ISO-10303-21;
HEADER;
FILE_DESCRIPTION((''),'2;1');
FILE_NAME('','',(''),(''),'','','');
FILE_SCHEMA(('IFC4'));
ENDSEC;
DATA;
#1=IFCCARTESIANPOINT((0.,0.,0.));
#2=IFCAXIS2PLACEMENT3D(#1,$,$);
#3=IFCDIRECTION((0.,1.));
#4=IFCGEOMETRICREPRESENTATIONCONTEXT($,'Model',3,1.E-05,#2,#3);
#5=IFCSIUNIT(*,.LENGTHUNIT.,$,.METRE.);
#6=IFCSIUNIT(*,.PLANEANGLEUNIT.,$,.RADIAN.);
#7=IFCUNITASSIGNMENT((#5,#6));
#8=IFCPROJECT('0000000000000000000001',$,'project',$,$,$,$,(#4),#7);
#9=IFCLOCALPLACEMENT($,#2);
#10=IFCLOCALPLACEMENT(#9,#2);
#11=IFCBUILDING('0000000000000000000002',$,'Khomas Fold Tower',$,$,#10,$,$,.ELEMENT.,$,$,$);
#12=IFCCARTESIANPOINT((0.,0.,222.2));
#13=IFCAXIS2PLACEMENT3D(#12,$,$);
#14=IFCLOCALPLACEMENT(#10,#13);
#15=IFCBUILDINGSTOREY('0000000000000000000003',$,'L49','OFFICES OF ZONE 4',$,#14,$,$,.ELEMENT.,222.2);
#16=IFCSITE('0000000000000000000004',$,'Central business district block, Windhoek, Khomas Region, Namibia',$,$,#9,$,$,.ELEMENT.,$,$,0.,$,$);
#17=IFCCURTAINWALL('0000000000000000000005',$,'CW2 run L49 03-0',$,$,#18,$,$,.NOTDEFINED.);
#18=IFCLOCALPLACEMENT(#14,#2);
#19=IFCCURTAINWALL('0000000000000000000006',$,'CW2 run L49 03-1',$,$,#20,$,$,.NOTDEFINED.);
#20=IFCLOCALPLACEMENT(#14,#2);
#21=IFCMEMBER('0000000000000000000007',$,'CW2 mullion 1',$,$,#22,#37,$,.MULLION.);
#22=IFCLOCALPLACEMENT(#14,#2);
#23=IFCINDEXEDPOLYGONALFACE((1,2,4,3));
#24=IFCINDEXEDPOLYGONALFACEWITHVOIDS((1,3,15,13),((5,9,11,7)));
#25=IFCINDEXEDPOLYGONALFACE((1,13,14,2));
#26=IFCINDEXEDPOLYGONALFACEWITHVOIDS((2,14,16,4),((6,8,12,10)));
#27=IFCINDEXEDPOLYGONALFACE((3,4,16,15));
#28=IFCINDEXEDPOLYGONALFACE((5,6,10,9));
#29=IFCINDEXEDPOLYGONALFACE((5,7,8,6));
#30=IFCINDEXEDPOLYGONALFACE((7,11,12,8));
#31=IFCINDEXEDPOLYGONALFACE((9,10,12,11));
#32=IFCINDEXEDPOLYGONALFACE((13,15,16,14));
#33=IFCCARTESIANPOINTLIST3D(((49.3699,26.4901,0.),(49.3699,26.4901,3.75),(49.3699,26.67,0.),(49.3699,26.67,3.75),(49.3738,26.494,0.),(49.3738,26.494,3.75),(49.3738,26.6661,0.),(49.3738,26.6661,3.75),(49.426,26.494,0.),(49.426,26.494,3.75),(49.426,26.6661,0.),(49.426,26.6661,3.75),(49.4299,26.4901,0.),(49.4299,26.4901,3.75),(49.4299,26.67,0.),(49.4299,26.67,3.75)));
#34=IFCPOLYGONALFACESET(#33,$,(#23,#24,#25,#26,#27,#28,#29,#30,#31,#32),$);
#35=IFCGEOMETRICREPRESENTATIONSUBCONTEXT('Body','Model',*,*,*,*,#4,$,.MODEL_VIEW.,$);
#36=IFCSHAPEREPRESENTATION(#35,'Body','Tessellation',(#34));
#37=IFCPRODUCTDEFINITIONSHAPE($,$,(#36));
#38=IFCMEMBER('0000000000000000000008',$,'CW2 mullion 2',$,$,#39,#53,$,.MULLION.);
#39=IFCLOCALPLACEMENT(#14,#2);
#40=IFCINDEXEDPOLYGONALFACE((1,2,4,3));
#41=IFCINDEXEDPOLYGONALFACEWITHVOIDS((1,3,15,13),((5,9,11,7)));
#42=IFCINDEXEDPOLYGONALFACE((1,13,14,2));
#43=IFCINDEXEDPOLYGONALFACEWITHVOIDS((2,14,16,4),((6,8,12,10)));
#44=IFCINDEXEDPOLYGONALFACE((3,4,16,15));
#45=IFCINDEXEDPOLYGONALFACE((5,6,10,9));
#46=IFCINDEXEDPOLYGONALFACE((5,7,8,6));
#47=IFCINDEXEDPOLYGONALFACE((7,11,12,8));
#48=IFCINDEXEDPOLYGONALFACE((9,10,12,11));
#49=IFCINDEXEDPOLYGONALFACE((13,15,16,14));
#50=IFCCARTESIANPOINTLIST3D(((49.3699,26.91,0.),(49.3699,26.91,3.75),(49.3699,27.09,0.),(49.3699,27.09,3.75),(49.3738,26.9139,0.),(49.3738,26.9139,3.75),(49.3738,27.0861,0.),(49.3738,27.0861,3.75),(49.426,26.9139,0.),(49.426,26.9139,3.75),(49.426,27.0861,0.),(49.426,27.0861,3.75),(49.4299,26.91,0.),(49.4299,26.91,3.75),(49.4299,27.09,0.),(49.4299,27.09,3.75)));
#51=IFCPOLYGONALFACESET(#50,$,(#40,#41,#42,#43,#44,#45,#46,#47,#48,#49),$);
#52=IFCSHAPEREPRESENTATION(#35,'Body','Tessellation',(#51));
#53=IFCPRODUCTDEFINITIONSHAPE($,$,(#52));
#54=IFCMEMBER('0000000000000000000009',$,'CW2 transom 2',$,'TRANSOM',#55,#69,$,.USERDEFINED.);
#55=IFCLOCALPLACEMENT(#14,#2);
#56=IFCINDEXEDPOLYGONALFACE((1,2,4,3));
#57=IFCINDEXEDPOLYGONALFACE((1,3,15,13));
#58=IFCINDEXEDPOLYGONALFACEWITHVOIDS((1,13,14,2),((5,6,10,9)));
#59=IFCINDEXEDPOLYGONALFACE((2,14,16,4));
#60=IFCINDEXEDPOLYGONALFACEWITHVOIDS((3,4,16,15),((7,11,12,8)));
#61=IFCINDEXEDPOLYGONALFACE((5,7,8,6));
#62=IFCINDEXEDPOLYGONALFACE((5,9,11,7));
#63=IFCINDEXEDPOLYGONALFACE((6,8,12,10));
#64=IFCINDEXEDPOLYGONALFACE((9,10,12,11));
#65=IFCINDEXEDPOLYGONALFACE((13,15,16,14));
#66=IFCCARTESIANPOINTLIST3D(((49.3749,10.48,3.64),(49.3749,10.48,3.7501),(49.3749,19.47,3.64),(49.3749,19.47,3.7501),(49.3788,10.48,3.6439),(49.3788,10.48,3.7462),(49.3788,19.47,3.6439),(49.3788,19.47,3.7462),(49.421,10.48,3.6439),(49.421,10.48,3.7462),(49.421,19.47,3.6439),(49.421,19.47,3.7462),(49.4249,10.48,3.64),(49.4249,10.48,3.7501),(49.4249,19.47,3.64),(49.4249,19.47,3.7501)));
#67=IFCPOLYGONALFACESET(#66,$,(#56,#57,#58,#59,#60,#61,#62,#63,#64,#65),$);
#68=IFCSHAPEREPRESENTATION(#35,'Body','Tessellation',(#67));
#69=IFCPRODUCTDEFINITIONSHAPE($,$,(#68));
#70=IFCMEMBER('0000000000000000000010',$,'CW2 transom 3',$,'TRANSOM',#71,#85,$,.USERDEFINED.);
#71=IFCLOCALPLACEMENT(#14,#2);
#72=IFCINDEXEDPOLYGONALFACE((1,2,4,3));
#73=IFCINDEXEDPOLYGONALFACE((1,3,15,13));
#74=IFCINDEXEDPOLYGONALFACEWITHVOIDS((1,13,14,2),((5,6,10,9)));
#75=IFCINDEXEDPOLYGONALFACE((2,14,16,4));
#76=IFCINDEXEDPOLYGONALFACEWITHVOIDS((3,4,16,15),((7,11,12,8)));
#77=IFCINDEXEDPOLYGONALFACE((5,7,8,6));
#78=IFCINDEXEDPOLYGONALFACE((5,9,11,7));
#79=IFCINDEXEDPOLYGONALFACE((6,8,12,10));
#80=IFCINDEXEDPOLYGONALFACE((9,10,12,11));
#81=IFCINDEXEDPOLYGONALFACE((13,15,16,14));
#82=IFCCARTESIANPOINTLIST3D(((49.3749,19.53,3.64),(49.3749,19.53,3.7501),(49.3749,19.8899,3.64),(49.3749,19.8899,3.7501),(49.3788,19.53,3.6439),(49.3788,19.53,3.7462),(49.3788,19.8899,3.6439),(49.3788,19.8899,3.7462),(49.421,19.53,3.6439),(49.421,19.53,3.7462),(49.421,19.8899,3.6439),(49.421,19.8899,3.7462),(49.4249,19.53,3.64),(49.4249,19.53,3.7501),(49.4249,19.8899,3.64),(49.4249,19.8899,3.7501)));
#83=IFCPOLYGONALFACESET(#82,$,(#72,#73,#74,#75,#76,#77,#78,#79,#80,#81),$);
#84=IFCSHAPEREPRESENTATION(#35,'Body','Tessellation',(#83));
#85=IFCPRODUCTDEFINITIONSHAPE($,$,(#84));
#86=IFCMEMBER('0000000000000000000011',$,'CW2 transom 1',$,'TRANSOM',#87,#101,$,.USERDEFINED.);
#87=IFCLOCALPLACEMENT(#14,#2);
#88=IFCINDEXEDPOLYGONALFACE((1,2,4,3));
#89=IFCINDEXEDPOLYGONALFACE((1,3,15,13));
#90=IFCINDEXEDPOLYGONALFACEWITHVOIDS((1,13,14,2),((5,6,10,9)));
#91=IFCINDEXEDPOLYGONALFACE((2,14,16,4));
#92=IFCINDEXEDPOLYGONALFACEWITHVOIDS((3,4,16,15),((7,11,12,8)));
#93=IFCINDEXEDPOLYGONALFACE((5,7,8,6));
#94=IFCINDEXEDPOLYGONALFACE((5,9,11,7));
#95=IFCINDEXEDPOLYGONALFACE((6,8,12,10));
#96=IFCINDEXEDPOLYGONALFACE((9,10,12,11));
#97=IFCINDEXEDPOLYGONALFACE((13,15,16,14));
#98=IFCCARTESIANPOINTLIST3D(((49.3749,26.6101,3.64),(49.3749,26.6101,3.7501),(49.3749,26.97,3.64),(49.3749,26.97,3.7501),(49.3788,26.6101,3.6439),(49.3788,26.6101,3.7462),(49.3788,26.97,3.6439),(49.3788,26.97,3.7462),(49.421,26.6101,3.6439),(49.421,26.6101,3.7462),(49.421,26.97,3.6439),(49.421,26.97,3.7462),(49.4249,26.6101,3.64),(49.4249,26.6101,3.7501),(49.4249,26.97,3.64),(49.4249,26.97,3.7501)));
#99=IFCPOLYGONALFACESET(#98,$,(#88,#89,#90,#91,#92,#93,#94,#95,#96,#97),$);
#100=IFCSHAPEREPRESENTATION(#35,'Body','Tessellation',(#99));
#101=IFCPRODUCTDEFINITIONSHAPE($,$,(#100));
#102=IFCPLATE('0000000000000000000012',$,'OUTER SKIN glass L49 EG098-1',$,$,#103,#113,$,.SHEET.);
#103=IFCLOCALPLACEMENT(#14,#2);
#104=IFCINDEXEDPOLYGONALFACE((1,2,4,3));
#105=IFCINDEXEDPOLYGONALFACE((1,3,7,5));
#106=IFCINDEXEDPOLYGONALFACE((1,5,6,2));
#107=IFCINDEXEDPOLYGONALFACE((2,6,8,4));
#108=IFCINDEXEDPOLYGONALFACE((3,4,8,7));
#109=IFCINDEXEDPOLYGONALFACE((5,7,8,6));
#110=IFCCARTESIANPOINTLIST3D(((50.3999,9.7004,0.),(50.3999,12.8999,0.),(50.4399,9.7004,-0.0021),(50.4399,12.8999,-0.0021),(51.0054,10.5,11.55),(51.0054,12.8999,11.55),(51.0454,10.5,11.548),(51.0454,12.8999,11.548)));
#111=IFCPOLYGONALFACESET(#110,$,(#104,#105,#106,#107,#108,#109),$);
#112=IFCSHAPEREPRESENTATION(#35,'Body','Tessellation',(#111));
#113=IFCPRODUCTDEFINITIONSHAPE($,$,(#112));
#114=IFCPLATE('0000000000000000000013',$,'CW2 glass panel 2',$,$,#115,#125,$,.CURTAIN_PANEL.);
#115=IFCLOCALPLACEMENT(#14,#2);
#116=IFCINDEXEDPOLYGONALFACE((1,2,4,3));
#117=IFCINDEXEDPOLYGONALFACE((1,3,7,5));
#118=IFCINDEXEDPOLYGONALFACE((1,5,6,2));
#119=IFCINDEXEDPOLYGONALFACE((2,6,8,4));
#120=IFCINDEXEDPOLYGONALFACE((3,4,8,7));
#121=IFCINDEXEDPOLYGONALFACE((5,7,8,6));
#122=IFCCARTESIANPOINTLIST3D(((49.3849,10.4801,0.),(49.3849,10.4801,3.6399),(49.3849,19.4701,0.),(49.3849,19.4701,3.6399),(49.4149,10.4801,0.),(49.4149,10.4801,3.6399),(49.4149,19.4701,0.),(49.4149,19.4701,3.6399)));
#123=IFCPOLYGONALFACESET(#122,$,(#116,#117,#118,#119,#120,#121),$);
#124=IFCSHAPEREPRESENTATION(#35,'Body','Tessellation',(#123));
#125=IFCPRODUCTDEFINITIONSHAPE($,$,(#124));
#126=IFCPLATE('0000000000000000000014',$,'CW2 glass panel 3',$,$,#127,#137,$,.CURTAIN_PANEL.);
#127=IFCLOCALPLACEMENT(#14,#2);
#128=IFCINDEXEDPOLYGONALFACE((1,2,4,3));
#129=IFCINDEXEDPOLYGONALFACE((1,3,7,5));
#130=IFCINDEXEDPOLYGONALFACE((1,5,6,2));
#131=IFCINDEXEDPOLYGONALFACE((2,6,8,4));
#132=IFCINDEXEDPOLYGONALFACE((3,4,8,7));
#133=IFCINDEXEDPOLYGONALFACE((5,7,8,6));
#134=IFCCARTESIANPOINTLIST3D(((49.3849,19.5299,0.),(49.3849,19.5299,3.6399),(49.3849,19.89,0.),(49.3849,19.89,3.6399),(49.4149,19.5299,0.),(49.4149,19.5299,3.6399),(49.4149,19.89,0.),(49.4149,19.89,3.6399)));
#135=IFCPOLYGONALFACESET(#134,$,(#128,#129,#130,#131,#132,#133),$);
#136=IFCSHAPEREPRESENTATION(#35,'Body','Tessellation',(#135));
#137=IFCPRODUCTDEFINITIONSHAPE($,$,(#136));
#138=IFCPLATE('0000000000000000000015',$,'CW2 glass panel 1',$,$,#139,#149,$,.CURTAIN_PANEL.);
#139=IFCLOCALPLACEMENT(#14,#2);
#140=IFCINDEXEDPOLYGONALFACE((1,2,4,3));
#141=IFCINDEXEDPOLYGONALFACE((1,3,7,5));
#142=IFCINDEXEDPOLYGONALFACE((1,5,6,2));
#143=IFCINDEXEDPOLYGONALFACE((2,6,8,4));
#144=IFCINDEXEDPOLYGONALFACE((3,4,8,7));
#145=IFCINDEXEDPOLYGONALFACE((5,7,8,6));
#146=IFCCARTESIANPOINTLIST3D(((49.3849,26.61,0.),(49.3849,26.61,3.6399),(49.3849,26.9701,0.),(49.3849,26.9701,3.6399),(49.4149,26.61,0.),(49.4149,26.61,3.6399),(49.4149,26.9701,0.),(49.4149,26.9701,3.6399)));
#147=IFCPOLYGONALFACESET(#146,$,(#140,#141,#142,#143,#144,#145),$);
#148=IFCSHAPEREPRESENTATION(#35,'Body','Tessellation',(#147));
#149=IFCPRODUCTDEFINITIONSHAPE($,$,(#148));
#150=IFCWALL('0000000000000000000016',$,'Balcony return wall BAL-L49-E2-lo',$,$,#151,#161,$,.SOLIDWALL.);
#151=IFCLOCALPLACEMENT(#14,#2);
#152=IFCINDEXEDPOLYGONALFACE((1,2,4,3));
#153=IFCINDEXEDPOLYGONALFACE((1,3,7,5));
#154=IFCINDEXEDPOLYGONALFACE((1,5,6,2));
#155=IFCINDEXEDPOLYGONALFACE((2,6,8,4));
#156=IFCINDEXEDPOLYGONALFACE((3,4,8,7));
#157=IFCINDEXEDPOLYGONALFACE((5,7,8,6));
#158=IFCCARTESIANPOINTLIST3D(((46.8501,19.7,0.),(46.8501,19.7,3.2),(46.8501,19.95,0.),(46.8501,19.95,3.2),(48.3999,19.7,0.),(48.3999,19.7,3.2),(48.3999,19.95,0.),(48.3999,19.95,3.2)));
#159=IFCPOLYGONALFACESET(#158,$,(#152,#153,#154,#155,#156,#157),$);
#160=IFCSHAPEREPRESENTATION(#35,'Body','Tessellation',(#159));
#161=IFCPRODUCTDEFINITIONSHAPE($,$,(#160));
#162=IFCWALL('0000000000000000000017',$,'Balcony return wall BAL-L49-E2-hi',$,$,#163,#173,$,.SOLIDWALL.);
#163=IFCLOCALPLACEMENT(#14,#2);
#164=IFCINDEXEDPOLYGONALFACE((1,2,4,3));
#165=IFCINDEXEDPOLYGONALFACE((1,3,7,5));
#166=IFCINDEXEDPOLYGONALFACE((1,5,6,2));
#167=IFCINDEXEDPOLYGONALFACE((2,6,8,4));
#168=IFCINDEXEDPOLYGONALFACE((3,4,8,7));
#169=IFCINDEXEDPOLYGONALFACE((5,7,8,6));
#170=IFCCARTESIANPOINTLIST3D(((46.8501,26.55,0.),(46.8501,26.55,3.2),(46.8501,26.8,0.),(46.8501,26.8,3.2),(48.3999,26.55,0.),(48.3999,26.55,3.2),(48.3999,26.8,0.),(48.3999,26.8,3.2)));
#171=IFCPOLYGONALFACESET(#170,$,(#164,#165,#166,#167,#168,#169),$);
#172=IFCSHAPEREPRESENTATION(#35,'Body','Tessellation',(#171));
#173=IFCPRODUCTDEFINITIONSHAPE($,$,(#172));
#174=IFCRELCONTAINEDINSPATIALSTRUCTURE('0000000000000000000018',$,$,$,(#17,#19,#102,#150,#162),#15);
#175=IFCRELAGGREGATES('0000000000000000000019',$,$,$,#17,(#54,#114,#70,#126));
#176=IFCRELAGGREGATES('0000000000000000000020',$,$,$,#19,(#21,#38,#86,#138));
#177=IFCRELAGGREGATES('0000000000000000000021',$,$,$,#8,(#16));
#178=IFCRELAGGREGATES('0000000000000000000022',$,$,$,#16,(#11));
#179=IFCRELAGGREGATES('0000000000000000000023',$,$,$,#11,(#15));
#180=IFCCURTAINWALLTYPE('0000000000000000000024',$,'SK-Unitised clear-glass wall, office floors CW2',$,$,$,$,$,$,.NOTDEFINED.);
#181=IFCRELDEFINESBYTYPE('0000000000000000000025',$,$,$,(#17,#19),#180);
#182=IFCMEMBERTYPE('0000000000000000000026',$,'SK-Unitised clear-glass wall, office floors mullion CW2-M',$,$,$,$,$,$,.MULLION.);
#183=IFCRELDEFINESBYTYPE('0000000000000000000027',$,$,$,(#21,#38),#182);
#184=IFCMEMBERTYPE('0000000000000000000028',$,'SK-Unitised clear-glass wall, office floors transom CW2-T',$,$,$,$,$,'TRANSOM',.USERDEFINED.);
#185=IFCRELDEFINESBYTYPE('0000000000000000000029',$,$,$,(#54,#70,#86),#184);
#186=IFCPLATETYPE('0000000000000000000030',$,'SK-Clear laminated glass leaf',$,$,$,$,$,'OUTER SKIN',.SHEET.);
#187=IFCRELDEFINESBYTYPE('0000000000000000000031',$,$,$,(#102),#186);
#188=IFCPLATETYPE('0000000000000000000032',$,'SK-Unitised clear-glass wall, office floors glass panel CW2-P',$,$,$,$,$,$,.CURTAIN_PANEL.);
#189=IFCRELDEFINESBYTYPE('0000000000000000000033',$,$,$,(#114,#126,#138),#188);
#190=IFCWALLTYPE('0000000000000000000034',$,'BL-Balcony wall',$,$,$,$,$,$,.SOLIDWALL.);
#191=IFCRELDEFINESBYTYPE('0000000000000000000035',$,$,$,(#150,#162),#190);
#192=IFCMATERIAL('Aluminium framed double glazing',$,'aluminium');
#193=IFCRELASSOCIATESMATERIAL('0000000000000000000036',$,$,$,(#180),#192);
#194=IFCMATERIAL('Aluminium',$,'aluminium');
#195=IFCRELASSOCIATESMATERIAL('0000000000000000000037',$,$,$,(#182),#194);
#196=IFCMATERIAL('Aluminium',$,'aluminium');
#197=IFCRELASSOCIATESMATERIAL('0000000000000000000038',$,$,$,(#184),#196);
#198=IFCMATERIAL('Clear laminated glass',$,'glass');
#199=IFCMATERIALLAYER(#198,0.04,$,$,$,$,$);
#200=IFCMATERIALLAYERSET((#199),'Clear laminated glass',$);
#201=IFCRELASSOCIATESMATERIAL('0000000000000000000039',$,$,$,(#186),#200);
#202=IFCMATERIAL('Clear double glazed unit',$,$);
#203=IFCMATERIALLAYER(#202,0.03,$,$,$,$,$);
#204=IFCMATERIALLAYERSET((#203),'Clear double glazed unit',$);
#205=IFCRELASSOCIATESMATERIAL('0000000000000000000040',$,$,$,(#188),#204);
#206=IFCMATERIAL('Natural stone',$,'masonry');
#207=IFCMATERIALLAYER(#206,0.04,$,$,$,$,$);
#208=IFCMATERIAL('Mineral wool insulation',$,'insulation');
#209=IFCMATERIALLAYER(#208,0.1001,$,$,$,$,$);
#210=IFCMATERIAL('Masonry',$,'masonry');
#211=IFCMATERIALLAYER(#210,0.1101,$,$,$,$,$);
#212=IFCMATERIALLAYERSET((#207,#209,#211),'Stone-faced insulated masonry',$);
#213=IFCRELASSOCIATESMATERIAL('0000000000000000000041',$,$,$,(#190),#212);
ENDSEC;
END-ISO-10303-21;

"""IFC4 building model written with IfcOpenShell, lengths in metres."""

from ifc_helpers import new_model, si_unit, direction, frame, frame_2d, origin, origin_2d, place, context, subcontext, project, spatial, polyline, rectangle, hollow_rectangle, outline, extrude, source, transform, mapped, material, layer, layer_set, material_profile, profile_set, type_object, element, aggregate, save


model = new_model("IFC4")

# Units and contexts
model_context = context("Model", 3, precision=1e-05, world=origin(), true_north=direction((0.0, 1.0)))
body_context = subcontext(model_context, "Body", "Model", "MODEL_VIEW")
ifc_project = project(units=[si_unit("LENGTHUNIT", "METRE"), si_unit("PLANEANGLEUNIT", "RADIAN")], contexts=[model_context])

# Site, building, storey
site_placement = place(None, origin())
site = spatial("IfcSite", under=ifc_project, at=site_placement, Name="Central business district block, Windhoek, Khomas Region, Namibia", CompositionType="ELEMENT", RefElevation=0.0)
building_placement = place(site_placement, origin())
building = spatial("IfcBuilding", under=site, at=building_placement, Name="Khomas Fold Tower", CompositionType="ELEMENT")
storey_placement = place(building_placement, frame((0.0, 0.0, 222.2)))
storey = spatial("IfcBuildingStorey", under=building, at=storey_placement, Name="L49", Description="OFFICES OF ZONE 4", CompositionType="ELEMENT", Elevation=222.2)

# Curtain walls, members
ifc_material_1 = material(Name="Aluminium framed double glazing", Category="aluminium")
curtain_wall_type = type_object("IfcCurtainWallType", Name="SK-Unitised clear-glass wall, office floors CW2", PredefinedType="NOTDEFINED", material=ifc_material_1)
curtain_wall_1_placement = place(storey_placement, origin())
curtain_wall_1 = element("IfcCurtainWall", 1, at=curtain_wall_1_placement, inside=storey, type_object=curtain_wall_type, Name="CW2 run L49 03-0", PredefinedType="NOTDEFINED")
ifc_material_2 = material(Name="Aluminium", Category="aluminium")
ifc_material_profile_1 = material_profile(ifc_material_2, hollow_rectangle(XDim=0.0601, YDim=0.1799, WallThickness=0.0039, at=origin_2d()), Name="SK-Unitised clear-glass wall, office floors mullion CW2-M")
ifc_profile_set_1 = profile_set([ifc_material_profile_1], Name="Aluminium")
member_type_1 = type_object("IfcMemberType", Name="SK-Unitised clear-glass wall, office floors mullion CW2-M", PredefinedType="MULLION", material=ifc_profile_set_1)
shared_shape_1 = source(origin(), body_context, "Body", "SweptSolid", [
    extrude(hollow_rectangle(XDim=0.0601, YDim=0.1799, WallThickness=0.0039, at=origin_2d()), origin(), (0.0, 0.0, 1.0), 3.75),
])
curtain_wall_2_placement = place(storey_placement, origin())
curtain_wall_2 = element("IfcCurtainWall", 2, at=curtain_wall_2_placement, inside=storey, type_object=curtain_wall_type, Name="CW2 run L49 03-1", PredefinedType="NOTDEFINED")
member_1_placement = place(storey_placement, frame((49.3999, 26.5801, 0.0), z_axis=(0.0, 0.0, 1.0), x_axis=(-1.0, 0.0, 0.0)))
member_1 = element("IfcMember", 3, at=member_1_placement, type_object=member_type_1, Name="CW2 mullion 1", PredefinedType="MULLION", context=body_context, shape_type="MappedRepresentation", body=[
    mapped(shared_shape_1, transform((0.0, 0.0, 0.0))),
])
member_2_placement = place(storey_placement, frame((49.3999, 27.0, 0.0), z_axis=(0.0, 0.0, 1.0), x_axis=(-1.0, 0.0, 0.0)))
member_2 = element("IfcMember", 4, at=member_2_placement, type_object=member_type_1, Name="CW2 mullion 2", PredefinedType="MULLION", context=body_context, shape_type="MappedRepresentation", body=[
    mapped(shared_shape_1, transform((0.0, 0.0, 0.0))),
])

# Members
ifc_material_3 = material(Name="Aluminium", Category="aluminium")
ifc_material_profile_2 = material_profile(ifc_material_3, hollow_rectangle(XDim=0.05, YDim=0.1101, WallThickness=0.0039, at=origin_2d()), Name="SK-Unitised clear-glass wall, office floors transom CW2-T")
ifc_profile_set_2 = profile_set([ifc_material_profile_2], Name="Aluminium")
member_type_2 = type_object("IfcMemberType", Name="SK-Unitised clear-glass wall, office floors transom CW2-T", ElementType="TRANSOM", PredefinedType="USERDEFINED", material=ifc_profile_set_2)
shared_shape_2 = source(origin(), body_context, "Body", "SweptSolid", [
    extrude(hollow_rectangle(XDim=0.05, YDim=0.1101, WallThickness=0.0039, at=origin_2d()), origin(), (0.0, 0.0, 1.0), 8.99),
])
member_3_placement = place(storey_placement, frame((49.3999, 10.48, 3.6951), z_axis=(0.0, 1.0, 0.0), x_axis=(-1.0, 0.0, 0.0)))
member_3 = element("IfcMember", 5, at=member_3_placement, type_object=member_type_2, Name="CW2 transom 2", ObjectType="TRANSOM", PredefinedType="USERDEFINED", context=body_context, shape_type="MappedRepresentation", body=[
    mapped(shared_shape_2, transform((0.0, 0.0, 0.0))),
])
shared_shape_3 = source(origin(), body_context, "Body", "SweptSolid", [
    extrude(hollow_rectangle(XDim=0.05, YDim=0.1101, WallThickness=0.0039, at=origin_2d()), origin(), (0.0, 0.0, 1.0), 0.3599),
])
member_4_placement = place(storey_placement, frame((49.3999, 19.53, 3.6951), z_axis=(0.0, 1.0, 0.0), x_axis=(-1.0, 0.0, 0.0)))
member_4 = element("IfcMember", 6, at=member_4_placement, type_object=member_type_2, Name="CW2 transom 3", ObjectType="TRANSOM", PredefinedType="USERDEFINED", context=body_context, shape_type="MappedRepresentation", body=[
    mapped(shared_shape_3, transform((0.0, 0.0, 0.0))),
])
member_5_placement = place(storey_placement, frame((49.3999, 26.6101, 3.6951), z_axis=(0.0, 1.0, 0.0), x_axis=(-1.0, 0.0, 0.0)))
member_5 = element("IfcMember", 7, at=member_5_placement, type_object=member_type_2, Name="CW2 transom 1", ObjectType="TRANSOM", PredefinedType="USERDEFINED", context=body_context, shape_type="MappedRepresentation", body=[
    mapped(shared_shape_3, transform((0.0, 0.0, 0.0))),
])

# Plates
ifc_material_4 = material(Name="Clear laminated glass", Category="glass")
ifc_layer_1 = layer(ifc_material_4, 0.04)
ifc_layer_set_1 = layer_set([ifc_layer_1], Name="Clear laminated glass")
plate_type_1 = type_object("IfcPlateType", Name="SK-Clear laminated glass leaf", ElementType="OUTER SKIN", PredefinedType="SHEET", material=ifc_layer_set_1)
plate_1_placement = place(storey_placement, frame((50.3999, 12.8999, 0.0), z_axis=(-0.998629, 0.0, 0.052349), x_axis=(0.0, -1.0, 0.0)))
element("IfcPlate", 8, at=plate_1_placement, inside=storey, type_object=plate_type_1, Name="OUTER SKIN glass L49 EG098-1", PredefinedType="SHEET", context=body_context, shape_type="SweptSolid", body=[
    extrude(outline(polyline([(0.0, 0.0), (3.1995, 0.0), (2.3999, 11.5659), (0.0, 11.5659), (0.0, 0.0)])), origin(), (0.0, 0.0, -1.0), 0.04),
])
ifc_material_5 = material(Name="Clear double glazed unit")
ifc_layer_2 = layer(ifc_material_5, 0.03)
ifc_layer_set_2 = layer_set([ifc_layer_2], Name="Clear double glazed unit")
plate_type_2 = type_object("IfcPlateType", Name="SK-Unitised clear-glass wall, office floors glass panel CW2-P", PredefinedType="CURTAIN_PANEL", material=ifc_layer_set_2)
shared_shape_4 = source(origin(), body_context, "Body", "SweptSolid", [
    extrude(rectangle(XDim=8.99, YDim=0.03, at=origin_2d()), origin(), (0.0, 0.0, 1.0), 3.6399),
])
plate_2_placement = place(storey_placement, frame((49.3999, 14.9751, 0.0), z_axis=(0.0, 0.0, 1.0), x_axis=(0.0, 1.0, 0.0)))
plate_2 = element("IfcPlate", 9, at=plate_2_placement, type_object=plate_type_2, Name="CW2 glass panel 2", PredefinedType="CURTAIN_PANEL", context=body_context, shape_type="MappedRepresentation", body=[
    mapped(shared_shape_4, transform((0.0, 0.0, 0.0))),
])
shared_shape_5 = source(origin(), body_context, "Body", "SweptSolid", [
    extrude(rectangle(XDim=0.3601, YDim=0.03, at=origin_2d()), origin(), (0.0, 0.0, 1.0), 3.6399),
])
plate_3_placement = place(storey_placement, frame((49.3999, 19.71, 0.0), z_axis=(0.0, 0.0, 1.0), x_axis=(0.0, 1.0, 0.0)))
plate_3 = element("IfcPlate", 10, at=plate_3_placement, type_object=plate_type_2, Name="CW2 glass panel 3", PredefinedType="CURTAIN_PANEL", context=body_context, shape_type="MappedRepresentation", body=[
    mapped(shared_shape_5, transform((0.0, 0.0, 0.0))),
])
aggregate(curtain_wall_1, [member_3, plate_2, member_4, plate_3])
plate_4_placement = place(storey_placement, frame((49.3999, 26.79, 0.0), z_axis=(0.0, 0.0, 1.0), x_axis=(0.0, 1.0, 0.0)))
plate_4 = element("IfcPlate", 11, at=plate_4_placement, type_object=plate_type_2, Name="CW2 glass panel 1", PredefinedType="CURTAIN_PANEL", context=body_context, shape_type="MappedRepresentation", body=[
    mapped(shared_shape_5, transform((0.0, 0.0, 0.0))),
])
aggregate(curtain_wall_2, [member_1, member_2, member_5, plate_4])

# Shared definitions
ifc_material_6 = material(Name="Natural stone", Category="masonry")
ifc_layer_3 = layer(ifc_material_6, 0.04)
ifc_material_7 = material(Name="Mineral wool insulation", Category="insulation")
ifc_layer_4 = layer(ifc_material_7, 0.1001)
ifc_material_8 = material(Name="Masonry", Category="masonry")
ifc_layer_5 = layer(ifc_material_8, 0.1101)
ifc_layer_set_3 = layer_set([ifc_layer_3, ifc_layer_4, ifc_layer_5], Name="Stone-faced insulated masonry")
wall_type = type_object("IfcWallType", Name="BL-Balcony wall", PredefinedType="SOLIDWALL", material=ifc_layer_set_3)

# Walls
shared_shape_6 = source(origin(), body_context, "Body", "SweptSolid", [
    extrude(rectangle(XDim=1.5498, YDim=0.25, at=frame_2d((0.7749, 0.0))), origin(), (0.0, 0.0, 1.0), 3.2),
])
for number, where, z_axis, x_axis, name in (
    (12, (48.3999, 19.825, 0.0), (0.0, 0.0, 1.0), (-1.0, 0.0, 0.0), "Balcony return wall BAL-L49-E2-lo"),
    (13, (48.3999, 26.675, 0.0), (0.0, 0.0, 1.0), (-1.0, 0.0, 0.0), "Balcony return wall BAL-L49-E2-hi"),
):
    element("IfcWall", number, at=place(storey_placement, frame(where, z_axis=z_axis, x_axis=x_axis)), inside=storey, type_object=wall_type, Name=name, PredefinedType="SOLIDWALL", context=body_context, shape_type="MappedRepresentation", body=[
        mapped(shared_shape_6, transform((0.0, 0.0, 0.0))),
    ])

save(model, "model.ifc")
